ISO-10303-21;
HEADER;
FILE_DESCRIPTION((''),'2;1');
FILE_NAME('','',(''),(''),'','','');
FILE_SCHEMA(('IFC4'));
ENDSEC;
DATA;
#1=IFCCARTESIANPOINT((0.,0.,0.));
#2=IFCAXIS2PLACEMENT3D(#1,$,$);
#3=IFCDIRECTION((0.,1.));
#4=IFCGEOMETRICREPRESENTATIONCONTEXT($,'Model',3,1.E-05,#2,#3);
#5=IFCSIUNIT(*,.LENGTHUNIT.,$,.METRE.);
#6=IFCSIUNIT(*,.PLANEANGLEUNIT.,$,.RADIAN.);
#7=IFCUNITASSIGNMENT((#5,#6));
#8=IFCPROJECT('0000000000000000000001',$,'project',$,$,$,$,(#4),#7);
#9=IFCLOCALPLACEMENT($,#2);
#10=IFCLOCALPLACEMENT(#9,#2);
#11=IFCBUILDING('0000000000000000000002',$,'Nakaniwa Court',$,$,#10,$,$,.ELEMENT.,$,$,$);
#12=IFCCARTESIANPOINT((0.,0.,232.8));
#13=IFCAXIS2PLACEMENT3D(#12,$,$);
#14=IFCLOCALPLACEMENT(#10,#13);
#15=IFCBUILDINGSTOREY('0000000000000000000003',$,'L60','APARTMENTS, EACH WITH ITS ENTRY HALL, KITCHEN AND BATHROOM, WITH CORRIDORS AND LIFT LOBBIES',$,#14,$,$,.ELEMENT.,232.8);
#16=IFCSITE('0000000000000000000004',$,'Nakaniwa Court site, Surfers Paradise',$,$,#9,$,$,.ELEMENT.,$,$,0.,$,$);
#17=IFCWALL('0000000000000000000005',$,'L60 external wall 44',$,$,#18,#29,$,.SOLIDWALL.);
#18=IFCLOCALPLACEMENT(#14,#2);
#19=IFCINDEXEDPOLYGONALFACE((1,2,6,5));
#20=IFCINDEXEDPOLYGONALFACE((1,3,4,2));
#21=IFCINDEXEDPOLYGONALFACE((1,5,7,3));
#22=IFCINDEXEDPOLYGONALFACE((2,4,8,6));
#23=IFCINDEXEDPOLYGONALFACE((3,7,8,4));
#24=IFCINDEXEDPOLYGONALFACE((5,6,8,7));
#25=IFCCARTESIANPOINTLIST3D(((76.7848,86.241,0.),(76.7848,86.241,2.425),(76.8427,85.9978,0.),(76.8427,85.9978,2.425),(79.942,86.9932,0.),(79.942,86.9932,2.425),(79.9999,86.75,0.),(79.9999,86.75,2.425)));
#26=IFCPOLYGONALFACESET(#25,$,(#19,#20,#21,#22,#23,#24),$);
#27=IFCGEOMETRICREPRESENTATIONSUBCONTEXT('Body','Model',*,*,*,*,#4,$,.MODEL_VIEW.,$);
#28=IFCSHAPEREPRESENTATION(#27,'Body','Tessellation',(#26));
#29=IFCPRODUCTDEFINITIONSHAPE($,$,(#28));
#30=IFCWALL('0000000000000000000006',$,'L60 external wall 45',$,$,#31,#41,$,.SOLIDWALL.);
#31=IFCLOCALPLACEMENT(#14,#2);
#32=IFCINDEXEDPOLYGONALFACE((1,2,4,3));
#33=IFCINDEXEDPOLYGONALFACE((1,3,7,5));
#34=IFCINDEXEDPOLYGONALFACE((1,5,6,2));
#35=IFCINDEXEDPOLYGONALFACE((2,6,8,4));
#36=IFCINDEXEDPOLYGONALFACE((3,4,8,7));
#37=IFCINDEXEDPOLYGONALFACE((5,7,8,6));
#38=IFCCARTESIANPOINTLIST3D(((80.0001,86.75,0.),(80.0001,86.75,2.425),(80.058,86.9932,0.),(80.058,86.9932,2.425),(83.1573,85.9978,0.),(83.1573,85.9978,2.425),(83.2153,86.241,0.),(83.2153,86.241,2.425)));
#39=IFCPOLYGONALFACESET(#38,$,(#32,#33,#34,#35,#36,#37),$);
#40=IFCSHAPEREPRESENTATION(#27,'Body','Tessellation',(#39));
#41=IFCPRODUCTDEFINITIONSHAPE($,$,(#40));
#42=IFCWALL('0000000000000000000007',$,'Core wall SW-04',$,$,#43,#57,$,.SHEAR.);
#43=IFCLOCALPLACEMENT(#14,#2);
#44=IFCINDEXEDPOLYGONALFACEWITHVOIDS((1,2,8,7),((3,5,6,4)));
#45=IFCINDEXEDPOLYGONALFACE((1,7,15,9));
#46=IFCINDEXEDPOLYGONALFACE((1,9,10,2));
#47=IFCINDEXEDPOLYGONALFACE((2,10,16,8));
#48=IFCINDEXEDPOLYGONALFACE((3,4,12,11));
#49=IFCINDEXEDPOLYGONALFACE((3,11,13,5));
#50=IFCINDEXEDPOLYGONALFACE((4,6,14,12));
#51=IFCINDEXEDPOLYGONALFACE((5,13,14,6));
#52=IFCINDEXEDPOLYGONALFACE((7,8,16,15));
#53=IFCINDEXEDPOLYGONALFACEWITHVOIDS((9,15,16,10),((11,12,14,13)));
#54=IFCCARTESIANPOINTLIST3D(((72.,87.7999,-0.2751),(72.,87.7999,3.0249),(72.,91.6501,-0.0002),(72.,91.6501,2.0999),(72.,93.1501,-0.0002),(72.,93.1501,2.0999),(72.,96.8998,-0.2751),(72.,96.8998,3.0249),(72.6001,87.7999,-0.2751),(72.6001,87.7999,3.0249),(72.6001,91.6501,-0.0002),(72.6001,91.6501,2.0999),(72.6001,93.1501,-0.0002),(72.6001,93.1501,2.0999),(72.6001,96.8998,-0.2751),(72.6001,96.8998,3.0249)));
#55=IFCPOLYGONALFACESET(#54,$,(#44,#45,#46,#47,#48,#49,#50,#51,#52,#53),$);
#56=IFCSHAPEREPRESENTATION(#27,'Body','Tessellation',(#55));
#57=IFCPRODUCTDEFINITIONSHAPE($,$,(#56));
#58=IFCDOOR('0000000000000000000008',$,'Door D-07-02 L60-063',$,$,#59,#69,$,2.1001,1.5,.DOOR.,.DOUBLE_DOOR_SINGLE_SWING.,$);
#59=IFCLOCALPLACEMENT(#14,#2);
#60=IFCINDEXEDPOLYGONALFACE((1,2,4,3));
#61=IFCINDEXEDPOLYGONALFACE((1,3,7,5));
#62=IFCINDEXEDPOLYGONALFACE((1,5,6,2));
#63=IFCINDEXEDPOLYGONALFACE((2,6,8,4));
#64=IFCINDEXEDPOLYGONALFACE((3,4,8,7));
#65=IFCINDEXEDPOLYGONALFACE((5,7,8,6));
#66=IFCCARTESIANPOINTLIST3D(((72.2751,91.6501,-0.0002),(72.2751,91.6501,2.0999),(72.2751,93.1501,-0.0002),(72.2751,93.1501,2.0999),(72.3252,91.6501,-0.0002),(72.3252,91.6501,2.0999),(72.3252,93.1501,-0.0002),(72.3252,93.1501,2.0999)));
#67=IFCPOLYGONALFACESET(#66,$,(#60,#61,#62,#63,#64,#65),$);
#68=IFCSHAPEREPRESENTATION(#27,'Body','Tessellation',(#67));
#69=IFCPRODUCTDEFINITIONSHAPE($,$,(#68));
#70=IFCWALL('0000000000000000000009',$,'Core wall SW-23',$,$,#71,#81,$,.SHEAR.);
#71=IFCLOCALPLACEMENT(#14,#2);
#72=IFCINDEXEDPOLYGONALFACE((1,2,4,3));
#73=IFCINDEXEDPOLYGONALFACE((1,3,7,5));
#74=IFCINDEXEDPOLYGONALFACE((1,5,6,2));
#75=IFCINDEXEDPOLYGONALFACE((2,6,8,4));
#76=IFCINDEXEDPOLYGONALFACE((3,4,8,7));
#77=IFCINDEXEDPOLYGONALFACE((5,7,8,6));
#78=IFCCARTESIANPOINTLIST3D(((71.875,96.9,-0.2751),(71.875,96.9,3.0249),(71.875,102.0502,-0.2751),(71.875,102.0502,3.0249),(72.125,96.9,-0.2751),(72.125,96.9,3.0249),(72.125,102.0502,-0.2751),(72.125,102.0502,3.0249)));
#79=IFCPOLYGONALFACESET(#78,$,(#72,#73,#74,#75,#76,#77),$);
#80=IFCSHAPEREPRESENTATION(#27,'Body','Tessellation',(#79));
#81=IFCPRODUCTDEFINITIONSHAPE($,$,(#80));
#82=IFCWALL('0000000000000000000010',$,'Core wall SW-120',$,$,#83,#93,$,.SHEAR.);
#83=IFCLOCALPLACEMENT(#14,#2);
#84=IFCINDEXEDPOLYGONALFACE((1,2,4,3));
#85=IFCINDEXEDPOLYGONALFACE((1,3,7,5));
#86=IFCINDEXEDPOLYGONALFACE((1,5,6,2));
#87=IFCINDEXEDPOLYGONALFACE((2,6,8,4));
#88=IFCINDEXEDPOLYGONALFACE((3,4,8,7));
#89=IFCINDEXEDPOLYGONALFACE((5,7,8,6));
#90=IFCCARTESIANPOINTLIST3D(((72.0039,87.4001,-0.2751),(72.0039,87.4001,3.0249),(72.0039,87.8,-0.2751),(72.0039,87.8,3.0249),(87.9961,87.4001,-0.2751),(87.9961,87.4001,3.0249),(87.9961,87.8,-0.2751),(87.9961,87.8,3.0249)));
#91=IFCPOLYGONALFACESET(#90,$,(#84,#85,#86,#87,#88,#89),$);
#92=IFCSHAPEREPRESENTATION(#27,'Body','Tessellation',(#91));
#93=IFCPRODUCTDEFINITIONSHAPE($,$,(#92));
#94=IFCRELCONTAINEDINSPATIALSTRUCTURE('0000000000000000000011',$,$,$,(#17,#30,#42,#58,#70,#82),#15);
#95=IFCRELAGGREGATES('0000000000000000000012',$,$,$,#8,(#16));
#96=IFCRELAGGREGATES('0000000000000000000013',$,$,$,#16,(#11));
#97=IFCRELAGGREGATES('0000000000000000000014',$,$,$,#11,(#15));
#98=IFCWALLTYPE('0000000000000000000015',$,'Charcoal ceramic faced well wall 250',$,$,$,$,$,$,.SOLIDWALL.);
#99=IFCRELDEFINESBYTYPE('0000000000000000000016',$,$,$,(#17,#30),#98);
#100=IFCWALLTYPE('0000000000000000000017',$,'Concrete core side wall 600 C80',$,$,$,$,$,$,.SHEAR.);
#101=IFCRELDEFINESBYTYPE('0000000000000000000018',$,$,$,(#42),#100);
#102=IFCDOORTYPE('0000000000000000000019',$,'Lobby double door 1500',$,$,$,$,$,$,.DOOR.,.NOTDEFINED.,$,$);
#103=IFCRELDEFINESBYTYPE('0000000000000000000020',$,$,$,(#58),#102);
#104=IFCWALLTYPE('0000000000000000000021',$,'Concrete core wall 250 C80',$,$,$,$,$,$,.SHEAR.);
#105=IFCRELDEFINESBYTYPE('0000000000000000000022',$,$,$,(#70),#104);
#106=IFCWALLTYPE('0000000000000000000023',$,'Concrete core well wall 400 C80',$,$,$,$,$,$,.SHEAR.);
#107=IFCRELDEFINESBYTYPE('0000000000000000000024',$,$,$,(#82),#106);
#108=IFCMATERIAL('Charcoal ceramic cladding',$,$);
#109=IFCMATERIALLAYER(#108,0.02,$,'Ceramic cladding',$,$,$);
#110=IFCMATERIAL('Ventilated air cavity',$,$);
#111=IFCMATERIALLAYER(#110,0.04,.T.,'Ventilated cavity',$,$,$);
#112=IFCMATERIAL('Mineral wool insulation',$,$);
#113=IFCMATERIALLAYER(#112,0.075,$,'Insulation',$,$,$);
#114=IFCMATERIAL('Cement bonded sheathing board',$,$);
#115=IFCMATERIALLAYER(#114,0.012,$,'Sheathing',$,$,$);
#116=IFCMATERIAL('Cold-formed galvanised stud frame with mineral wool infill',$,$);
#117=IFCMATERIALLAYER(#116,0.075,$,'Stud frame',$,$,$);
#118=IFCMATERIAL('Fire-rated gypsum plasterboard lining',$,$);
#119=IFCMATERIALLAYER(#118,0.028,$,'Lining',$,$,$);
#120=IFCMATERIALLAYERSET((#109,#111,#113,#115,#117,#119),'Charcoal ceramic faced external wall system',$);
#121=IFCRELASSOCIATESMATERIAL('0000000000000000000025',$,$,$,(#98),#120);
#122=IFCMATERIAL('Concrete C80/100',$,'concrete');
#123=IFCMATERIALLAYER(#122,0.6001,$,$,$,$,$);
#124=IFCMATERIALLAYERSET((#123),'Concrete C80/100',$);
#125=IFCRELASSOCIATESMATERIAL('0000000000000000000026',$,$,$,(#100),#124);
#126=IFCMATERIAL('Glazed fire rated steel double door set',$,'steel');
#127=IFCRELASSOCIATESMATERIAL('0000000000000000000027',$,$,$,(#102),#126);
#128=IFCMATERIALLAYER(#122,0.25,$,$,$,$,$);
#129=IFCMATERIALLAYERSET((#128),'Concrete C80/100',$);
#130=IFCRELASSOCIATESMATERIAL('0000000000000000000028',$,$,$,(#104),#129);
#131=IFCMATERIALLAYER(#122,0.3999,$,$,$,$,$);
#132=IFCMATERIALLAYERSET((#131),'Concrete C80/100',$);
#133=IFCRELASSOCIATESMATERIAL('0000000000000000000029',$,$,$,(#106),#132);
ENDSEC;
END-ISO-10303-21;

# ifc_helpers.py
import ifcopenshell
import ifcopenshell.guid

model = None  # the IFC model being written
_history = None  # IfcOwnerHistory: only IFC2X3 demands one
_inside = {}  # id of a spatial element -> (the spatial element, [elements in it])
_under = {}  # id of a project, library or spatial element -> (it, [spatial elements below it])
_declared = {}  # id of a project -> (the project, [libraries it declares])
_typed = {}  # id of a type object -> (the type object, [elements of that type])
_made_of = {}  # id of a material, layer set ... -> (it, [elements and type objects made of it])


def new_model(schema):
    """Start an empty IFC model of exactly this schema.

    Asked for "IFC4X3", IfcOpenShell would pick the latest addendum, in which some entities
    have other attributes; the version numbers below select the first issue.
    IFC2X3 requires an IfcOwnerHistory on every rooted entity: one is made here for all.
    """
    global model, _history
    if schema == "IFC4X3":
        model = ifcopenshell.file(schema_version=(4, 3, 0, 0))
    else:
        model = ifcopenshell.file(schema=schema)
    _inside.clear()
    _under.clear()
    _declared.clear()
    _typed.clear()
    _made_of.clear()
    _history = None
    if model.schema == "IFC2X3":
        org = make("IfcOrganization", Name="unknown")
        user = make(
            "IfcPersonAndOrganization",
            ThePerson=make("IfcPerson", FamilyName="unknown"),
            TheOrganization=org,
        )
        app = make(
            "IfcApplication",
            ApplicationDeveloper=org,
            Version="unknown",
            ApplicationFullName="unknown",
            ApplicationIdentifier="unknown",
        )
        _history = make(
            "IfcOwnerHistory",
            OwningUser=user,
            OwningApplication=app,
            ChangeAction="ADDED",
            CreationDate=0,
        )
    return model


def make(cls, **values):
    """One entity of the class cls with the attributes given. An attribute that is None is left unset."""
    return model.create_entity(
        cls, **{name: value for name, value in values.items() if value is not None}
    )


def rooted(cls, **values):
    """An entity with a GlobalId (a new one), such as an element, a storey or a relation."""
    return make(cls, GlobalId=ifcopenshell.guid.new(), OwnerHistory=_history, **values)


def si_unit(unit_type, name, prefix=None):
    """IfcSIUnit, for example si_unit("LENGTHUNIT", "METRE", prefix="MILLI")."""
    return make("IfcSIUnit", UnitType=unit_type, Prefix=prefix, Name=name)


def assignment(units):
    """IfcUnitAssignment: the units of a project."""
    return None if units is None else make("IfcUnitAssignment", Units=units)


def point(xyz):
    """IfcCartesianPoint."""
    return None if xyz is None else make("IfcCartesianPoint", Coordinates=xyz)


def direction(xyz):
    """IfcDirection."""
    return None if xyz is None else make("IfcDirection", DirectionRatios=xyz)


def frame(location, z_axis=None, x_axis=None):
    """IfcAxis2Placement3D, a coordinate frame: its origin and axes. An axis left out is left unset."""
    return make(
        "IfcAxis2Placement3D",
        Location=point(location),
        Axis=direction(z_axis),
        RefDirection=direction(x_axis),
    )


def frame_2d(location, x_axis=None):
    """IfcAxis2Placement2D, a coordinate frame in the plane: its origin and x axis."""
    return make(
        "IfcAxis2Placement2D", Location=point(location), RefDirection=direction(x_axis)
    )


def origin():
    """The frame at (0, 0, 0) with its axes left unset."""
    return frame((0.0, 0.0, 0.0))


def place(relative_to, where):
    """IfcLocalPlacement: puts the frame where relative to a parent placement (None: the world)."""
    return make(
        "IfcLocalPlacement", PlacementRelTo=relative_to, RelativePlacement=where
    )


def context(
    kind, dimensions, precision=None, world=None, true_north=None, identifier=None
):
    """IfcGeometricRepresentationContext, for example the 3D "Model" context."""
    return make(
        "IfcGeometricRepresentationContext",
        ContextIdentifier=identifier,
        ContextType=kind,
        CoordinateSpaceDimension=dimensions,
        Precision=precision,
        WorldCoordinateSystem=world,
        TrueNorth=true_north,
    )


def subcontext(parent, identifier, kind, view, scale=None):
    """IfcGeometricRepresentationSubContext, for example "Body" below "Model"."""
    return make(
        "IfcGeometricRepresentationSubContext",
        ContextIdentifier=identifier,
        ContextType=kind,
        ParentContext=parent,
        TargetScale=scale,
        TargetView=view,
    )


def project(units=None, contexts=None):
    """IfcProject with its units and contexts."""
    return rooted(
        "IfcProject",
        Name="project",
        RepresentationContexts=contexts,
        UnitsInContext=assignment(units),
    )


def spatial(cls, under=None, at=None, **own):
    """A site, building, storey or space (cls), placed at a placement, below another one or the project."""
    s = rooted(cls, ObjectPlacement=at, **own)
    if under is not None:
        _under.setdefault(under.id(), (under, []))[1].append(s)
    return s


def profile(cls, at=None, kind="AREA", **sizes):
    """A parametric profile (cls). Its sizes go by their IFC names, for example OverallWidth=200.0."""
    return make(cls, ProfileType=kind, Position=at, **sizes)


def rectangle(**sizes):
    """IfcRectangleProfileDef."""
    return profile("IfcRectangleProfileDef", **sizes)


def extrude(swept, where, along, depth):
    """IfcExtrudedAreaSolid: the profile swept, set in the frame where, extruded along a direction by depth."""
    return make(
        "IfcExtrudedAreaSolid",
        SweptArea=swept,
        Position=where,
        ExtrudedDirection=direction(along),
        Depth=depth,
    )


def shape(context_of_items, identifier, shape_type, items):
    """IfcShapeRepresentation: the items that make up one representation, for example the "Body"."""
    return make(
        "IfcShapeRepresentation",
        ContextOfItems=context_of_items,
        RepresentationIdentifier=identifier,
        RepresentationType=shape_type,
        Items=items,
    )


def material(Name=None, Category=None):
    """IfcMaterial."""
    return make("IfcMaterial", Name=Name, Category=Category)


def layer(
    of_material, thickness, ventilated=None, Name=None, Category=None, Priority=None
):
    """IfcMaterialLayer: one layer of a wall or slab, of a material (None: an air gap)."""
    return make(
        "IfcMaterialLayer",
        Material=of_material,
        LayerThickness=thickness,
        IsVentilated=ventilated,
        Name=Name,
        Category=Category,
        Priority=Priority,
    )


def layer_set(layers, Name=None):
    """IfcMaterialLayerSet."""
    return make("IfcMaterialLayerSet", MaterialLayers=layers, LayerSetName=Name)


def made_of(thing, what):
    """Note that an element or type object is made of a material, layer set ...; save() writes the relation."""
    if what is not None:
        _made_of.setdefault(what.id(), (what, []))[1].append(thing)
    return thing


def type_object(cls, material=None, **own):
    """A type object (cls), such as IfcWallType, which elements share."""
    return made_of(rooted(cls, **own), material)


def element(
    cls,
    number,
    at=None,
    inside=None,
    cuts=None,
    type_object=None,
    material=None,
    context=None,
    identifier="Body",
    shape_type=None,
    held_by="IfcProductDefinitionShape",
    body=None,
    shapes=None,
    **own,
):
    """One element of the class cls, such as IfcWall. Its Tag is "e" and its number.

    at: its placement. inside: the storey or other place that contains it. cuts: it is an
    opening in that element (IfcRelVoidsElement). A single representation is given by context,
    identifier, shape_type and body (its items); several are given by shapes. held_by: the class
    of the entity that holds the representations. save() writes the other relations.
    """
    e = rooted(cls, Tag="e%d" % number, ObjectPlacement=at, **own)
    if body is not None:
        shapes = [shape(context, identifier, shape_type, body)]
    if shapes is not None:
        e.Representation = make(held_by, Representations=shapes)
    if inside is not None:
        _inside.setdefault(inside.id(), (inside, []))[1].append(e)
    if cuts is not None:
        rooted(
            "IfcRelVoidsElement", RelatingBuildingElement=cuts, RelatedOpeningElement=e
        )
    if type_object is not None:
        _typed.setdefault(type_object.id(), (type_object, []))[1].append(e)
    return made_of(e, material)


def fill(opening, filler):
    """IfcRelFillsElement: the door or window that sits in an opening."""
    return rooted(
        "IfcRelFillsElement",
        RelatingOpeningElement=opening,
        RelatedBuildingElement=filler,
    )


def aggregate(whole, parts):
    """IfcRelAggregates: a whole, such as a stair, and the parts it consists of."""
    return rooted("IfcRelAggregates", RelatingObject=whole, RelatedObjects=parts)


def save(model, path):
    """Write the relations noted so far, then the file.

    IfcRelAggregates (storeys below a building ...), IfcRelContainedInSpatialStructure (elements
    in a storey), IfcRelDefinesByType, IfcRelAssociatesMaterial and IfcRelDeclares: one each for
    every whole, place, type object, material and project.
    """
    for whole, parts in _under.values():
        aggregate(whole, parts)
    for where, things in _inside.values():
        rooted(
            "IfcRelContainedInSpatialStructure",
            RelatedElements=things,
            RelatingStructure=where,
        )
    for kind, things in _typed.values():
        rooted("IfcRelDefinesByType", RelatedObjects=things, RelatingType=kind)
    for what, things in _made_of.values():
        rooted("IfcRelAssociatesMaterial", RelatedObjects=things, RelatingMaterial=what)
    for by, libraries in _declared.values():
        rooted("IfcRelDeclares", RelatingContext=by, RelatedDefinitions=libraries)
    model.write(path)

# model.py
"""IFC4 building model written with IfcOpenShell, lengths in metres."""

from ifc_helpers import new_model, si_unit, direction, frame, frame_2d, origin, place, context, subcontext, project, spatial, rectangle, extrude, material, layer, layer_set, type_object, element, fill, save


model = new_model("IFC4")

# Units and contexts
model_context = context("Model", 3, precision=1e-05, world=origin(), true_north=direction((0.0, 1.0)))
body_context = subcontext(model_context, "Body", "Model", "MODEL_VIEW")
ifc_project = project(units=[si_unit("LENGTHUNIT", "METRE"), si_unit("PLANEANGLEUNIT", "RADIAN")], contexts=[model_context])

# Site, building, storey
site_placement = place(None, origin())
site = spatial("IfcSite", under=ifc_project, at=site_placement, Name="Nakaniwa Court site, Surfers Paradise", CompositionType="ELEMENT", RefElevation=0.0)
building_placement = place(site_placement, origin())
building = spatial("IfcBuilding", under=site, at=building_placement, Name="Nakaniwa Court", CompositionType="ELEMENT")
storey_placement = place(building_placement, frame((0.0, 0.0, 232.8)))
storey = spatial("IfcBuildingStorey", under=building, at=storey_placement, Name="L60", Description="APARTMENTS, EACH WITH ITS ENTRY HALL, KITCHEN AND BATHROOM, WITH CORRIDORS AND LIFT LOBBIES", CompositionType="ELEMENT", Elevation=232.8)

# Shared definitions
ifc_material_1 = material(Name="Concrete C80/100", Category="concrete")

# Walls
ifc_material_2 = material(Name="Charcoal ceramic cladding")
ifc_layer_1 = layer(ifc_material_2, 0.02, Name="Ceramic cladding")
ifc_material_3 = material(Name="Ventilated air cavity")
ifc_layer_2 = layer(ifc_material_3, 0.04, ventilated=True, Name="Ventilated cavity")
ifc_material_4 = material(Name="Mineral wool insulation")
ifc_layer_3 = layer(ifc_material_4, 0.075, Name="Insulation")
ifc_material_5 = material(Name="Cement bonded sheathing board")
ifc_layer_4 = layer(ifc_material_5, 0.012, Name="Sheathing")
ifc_material_6 = material(Name="Cold-formed galvanised stud frame with mineral wool infill")
ifc_layer_5 = layer(ifc_material_6, 0.075, Name="Stud frame")
ifc_material_7 = material(Name="Fire-rated gypsum plasterboard lining")
ifc_layer_6 = layer(ifc_material_7, 0.028, Name="Lining")
ifc_layer_set_1 = layer_set([ifc_layer_1, ifc_layer_2, ifc_layer_3, ifc_layer_4, ifc_layer_5, ifc_layer_6], Name="Charcoal ceramic faced external wall system")
wall_type_1 = type_object("IfcWallType", Name="Charcoal ceramic faced well wall 250", PredefinedType="SOLIDWALL", material=ifc_layer_set_1)
for number, where, z_axis, x_axis, name in (
    (1, (76.8137, 86.1194, 0.0), (0.0, 0.0, 1.0), (0.972773, 0.23176, 0.0), "L60 external wall 44"),
    (2, (80.0291, 86.8716, 0.0), (0.0, 0.0, 1.0), (0.972773, -0.23176, 0.0), "L60 external wall 45"),
):
    element("IfcWall", number, at=place(storey_placement, frame(where, z_axis=z_axis, x_axis=x_axis)), inside=storey, type_object=wall_type_1, Name=name, PredefinedType="SOLIDWALL", context=body_context, shape_type="SweptSolid", body=[
        extrude(rectangle(XDim=3.2456, YDim=0.25, at=frame_2d((1.6228, 0.0))), origin(), (0.0, 0.0, 1.0), 2.425),
    ])

# Wall, opening, door
ifc_layer_7 = layer(ifc_material_1, 0.6001)
ifc_layer_set_2 = layer_set([ifc_layer_7], Name="Concrete C80/100")
wall_type_2 = type_object("IfcWallType", Name="Concrete core side wall 600 C80", PredefinedType="SHEAR", material=ifc_layer_set_2)
wall_1_placement = place(storey_placement, frame((72.3, 87.8, -0.2751), z_axis=(0.0, 0.0, 1.0), x_axis=(0.0, 1.0, 0.0)))
wall_1 = element("IfcWall", 3, at=wall_1_placement, inside=storey, type_object=wall_type_2, Name="Core wall SW-04", PredefinedType="SHEAR", context=body_context, shape_type="SweptSolid", body=[
    extrude(rectangle(XDim=9.0999, YDim=0.6001, at=frame_2d((4.5498, 0.0))), origin(), (0.0, 0.0, 1.0), 3.3),
])
opening_1_placement = place(wall_1_placement, frame((3.8501, 0.0, 0.2749)))
opening_1 = element("IfcOpeningElement", 4, at=opening_1_placement, cuts=wall_1, PredefinedType="OPENING", context=body_context, shape_type="SweptSolid", body=[
    extrude(rectangle(XDim=1.5, YDim=2.1001, at=frame_2d((0.75, 1.05))), frame((0.0, 0.3101, 0.0), z_axis=(0.0, -1.0, 0.0), x_axis=(1.0, 0.0, 0.0)), (0.0, 0.0, 1.0), 0.6201),
])
ifc_material_8 = material(Name="Glazed fire rated steel double door set", Category="steel")
door_type_1 = type_object("IfcDoorType", Name="Lobby double door 1500", OperationType="NOTDEFINED", PredefinedType="DOOR", material=ifc_material_8)
door_1_placement = place(opening_1_placement, origin())
door_1 = element("IfcDoor", 5, at=door_1_placement, inside=storey, type_object=door_type_1, Name="Door D-07-02 L60-063", OperationType="DOUBLE_DOOR_SINGLE_SWING", OverallHeight=2.1001, OverallWidth=1.5, PredefinedType="DOOR", context=body_context, shape_type="SweptSolid", body=[
    extrude(rectangle(XDim=1.5, YDim=2.1001, at=frame_2d((0.75, 1.05))), frame((0.0, 0.0249, 0.0), z_axis=(0.0, -1.0, 0.0), x_axis=(1.0, 0.0, 0.0)), (0.0, 0.0, 1.0), 0.05),
])
fill(opening_1, door_1)

# Walls
ifc_layer_8 = layer(ifc_material_1, 0.25)
ifc_layer_set_3 = layer_set([ifc_layer_8], Name="Concrete C80/100")
wall_type_3 = type_object("IfcWallType", Name="Concrete core wall 250 C80", PredefinedType="SHEAR", material=ifc_layer_set_3)
wall_2_placement = place(storey_placement, frame((72.0, 96.8999, -0.2751), z_axis=(0.0, 0.0, 1.0), x_axis=(0.0, 1.0, 0.0)))
element("IfcWall", 6, at=wall_2_placement, inside=storey, type_object=wall_type_3, Name="Core wall SW-23", PredefinedType="SHEAR", context=body_context, shape_type="SweptSolid", body=[
    extrude(rectangle(XDim=5.1501, YDim=0.25, at=frame_2d((2.5752, 0.0))), origin(), (0.0, 0.0, 1.0), 3.3),
])
ifc_layer_9 = layer(ifc_material_1, 0.3999)
ifc_layer_set_4 = layer_set([ifc_layer_9], Name="Concrete C80/100")
wall_type_4 = type_object("IfcWallType", Name="Concrete core well wall 400 C80", PredefinedType="SHEAR", material=ifc_layer_set_4)
wall_3_placement = place(storey_placement, frame((72.0039, 87.6001, -0.2751), z_axis=(0.0, 0.0, 1.0), x_axis=(1.0, 0.0, 0.0)))
element("IfcWall", 7, at=wall_3_placement, inside=storey, type_object=wall_type_4, Name="Core wall SW-120", PredefinedType="SHEAR", context=body_context, shape_type="SweptSolid", body=[
    extrude(rectangle(XDim=15.9922, YDim=0.3999, at=frame_2d((7.9961, 0.0))), origin(), (0.0, 0.0, 1.0), 3.3),
])

save(model, "model.ifc")
